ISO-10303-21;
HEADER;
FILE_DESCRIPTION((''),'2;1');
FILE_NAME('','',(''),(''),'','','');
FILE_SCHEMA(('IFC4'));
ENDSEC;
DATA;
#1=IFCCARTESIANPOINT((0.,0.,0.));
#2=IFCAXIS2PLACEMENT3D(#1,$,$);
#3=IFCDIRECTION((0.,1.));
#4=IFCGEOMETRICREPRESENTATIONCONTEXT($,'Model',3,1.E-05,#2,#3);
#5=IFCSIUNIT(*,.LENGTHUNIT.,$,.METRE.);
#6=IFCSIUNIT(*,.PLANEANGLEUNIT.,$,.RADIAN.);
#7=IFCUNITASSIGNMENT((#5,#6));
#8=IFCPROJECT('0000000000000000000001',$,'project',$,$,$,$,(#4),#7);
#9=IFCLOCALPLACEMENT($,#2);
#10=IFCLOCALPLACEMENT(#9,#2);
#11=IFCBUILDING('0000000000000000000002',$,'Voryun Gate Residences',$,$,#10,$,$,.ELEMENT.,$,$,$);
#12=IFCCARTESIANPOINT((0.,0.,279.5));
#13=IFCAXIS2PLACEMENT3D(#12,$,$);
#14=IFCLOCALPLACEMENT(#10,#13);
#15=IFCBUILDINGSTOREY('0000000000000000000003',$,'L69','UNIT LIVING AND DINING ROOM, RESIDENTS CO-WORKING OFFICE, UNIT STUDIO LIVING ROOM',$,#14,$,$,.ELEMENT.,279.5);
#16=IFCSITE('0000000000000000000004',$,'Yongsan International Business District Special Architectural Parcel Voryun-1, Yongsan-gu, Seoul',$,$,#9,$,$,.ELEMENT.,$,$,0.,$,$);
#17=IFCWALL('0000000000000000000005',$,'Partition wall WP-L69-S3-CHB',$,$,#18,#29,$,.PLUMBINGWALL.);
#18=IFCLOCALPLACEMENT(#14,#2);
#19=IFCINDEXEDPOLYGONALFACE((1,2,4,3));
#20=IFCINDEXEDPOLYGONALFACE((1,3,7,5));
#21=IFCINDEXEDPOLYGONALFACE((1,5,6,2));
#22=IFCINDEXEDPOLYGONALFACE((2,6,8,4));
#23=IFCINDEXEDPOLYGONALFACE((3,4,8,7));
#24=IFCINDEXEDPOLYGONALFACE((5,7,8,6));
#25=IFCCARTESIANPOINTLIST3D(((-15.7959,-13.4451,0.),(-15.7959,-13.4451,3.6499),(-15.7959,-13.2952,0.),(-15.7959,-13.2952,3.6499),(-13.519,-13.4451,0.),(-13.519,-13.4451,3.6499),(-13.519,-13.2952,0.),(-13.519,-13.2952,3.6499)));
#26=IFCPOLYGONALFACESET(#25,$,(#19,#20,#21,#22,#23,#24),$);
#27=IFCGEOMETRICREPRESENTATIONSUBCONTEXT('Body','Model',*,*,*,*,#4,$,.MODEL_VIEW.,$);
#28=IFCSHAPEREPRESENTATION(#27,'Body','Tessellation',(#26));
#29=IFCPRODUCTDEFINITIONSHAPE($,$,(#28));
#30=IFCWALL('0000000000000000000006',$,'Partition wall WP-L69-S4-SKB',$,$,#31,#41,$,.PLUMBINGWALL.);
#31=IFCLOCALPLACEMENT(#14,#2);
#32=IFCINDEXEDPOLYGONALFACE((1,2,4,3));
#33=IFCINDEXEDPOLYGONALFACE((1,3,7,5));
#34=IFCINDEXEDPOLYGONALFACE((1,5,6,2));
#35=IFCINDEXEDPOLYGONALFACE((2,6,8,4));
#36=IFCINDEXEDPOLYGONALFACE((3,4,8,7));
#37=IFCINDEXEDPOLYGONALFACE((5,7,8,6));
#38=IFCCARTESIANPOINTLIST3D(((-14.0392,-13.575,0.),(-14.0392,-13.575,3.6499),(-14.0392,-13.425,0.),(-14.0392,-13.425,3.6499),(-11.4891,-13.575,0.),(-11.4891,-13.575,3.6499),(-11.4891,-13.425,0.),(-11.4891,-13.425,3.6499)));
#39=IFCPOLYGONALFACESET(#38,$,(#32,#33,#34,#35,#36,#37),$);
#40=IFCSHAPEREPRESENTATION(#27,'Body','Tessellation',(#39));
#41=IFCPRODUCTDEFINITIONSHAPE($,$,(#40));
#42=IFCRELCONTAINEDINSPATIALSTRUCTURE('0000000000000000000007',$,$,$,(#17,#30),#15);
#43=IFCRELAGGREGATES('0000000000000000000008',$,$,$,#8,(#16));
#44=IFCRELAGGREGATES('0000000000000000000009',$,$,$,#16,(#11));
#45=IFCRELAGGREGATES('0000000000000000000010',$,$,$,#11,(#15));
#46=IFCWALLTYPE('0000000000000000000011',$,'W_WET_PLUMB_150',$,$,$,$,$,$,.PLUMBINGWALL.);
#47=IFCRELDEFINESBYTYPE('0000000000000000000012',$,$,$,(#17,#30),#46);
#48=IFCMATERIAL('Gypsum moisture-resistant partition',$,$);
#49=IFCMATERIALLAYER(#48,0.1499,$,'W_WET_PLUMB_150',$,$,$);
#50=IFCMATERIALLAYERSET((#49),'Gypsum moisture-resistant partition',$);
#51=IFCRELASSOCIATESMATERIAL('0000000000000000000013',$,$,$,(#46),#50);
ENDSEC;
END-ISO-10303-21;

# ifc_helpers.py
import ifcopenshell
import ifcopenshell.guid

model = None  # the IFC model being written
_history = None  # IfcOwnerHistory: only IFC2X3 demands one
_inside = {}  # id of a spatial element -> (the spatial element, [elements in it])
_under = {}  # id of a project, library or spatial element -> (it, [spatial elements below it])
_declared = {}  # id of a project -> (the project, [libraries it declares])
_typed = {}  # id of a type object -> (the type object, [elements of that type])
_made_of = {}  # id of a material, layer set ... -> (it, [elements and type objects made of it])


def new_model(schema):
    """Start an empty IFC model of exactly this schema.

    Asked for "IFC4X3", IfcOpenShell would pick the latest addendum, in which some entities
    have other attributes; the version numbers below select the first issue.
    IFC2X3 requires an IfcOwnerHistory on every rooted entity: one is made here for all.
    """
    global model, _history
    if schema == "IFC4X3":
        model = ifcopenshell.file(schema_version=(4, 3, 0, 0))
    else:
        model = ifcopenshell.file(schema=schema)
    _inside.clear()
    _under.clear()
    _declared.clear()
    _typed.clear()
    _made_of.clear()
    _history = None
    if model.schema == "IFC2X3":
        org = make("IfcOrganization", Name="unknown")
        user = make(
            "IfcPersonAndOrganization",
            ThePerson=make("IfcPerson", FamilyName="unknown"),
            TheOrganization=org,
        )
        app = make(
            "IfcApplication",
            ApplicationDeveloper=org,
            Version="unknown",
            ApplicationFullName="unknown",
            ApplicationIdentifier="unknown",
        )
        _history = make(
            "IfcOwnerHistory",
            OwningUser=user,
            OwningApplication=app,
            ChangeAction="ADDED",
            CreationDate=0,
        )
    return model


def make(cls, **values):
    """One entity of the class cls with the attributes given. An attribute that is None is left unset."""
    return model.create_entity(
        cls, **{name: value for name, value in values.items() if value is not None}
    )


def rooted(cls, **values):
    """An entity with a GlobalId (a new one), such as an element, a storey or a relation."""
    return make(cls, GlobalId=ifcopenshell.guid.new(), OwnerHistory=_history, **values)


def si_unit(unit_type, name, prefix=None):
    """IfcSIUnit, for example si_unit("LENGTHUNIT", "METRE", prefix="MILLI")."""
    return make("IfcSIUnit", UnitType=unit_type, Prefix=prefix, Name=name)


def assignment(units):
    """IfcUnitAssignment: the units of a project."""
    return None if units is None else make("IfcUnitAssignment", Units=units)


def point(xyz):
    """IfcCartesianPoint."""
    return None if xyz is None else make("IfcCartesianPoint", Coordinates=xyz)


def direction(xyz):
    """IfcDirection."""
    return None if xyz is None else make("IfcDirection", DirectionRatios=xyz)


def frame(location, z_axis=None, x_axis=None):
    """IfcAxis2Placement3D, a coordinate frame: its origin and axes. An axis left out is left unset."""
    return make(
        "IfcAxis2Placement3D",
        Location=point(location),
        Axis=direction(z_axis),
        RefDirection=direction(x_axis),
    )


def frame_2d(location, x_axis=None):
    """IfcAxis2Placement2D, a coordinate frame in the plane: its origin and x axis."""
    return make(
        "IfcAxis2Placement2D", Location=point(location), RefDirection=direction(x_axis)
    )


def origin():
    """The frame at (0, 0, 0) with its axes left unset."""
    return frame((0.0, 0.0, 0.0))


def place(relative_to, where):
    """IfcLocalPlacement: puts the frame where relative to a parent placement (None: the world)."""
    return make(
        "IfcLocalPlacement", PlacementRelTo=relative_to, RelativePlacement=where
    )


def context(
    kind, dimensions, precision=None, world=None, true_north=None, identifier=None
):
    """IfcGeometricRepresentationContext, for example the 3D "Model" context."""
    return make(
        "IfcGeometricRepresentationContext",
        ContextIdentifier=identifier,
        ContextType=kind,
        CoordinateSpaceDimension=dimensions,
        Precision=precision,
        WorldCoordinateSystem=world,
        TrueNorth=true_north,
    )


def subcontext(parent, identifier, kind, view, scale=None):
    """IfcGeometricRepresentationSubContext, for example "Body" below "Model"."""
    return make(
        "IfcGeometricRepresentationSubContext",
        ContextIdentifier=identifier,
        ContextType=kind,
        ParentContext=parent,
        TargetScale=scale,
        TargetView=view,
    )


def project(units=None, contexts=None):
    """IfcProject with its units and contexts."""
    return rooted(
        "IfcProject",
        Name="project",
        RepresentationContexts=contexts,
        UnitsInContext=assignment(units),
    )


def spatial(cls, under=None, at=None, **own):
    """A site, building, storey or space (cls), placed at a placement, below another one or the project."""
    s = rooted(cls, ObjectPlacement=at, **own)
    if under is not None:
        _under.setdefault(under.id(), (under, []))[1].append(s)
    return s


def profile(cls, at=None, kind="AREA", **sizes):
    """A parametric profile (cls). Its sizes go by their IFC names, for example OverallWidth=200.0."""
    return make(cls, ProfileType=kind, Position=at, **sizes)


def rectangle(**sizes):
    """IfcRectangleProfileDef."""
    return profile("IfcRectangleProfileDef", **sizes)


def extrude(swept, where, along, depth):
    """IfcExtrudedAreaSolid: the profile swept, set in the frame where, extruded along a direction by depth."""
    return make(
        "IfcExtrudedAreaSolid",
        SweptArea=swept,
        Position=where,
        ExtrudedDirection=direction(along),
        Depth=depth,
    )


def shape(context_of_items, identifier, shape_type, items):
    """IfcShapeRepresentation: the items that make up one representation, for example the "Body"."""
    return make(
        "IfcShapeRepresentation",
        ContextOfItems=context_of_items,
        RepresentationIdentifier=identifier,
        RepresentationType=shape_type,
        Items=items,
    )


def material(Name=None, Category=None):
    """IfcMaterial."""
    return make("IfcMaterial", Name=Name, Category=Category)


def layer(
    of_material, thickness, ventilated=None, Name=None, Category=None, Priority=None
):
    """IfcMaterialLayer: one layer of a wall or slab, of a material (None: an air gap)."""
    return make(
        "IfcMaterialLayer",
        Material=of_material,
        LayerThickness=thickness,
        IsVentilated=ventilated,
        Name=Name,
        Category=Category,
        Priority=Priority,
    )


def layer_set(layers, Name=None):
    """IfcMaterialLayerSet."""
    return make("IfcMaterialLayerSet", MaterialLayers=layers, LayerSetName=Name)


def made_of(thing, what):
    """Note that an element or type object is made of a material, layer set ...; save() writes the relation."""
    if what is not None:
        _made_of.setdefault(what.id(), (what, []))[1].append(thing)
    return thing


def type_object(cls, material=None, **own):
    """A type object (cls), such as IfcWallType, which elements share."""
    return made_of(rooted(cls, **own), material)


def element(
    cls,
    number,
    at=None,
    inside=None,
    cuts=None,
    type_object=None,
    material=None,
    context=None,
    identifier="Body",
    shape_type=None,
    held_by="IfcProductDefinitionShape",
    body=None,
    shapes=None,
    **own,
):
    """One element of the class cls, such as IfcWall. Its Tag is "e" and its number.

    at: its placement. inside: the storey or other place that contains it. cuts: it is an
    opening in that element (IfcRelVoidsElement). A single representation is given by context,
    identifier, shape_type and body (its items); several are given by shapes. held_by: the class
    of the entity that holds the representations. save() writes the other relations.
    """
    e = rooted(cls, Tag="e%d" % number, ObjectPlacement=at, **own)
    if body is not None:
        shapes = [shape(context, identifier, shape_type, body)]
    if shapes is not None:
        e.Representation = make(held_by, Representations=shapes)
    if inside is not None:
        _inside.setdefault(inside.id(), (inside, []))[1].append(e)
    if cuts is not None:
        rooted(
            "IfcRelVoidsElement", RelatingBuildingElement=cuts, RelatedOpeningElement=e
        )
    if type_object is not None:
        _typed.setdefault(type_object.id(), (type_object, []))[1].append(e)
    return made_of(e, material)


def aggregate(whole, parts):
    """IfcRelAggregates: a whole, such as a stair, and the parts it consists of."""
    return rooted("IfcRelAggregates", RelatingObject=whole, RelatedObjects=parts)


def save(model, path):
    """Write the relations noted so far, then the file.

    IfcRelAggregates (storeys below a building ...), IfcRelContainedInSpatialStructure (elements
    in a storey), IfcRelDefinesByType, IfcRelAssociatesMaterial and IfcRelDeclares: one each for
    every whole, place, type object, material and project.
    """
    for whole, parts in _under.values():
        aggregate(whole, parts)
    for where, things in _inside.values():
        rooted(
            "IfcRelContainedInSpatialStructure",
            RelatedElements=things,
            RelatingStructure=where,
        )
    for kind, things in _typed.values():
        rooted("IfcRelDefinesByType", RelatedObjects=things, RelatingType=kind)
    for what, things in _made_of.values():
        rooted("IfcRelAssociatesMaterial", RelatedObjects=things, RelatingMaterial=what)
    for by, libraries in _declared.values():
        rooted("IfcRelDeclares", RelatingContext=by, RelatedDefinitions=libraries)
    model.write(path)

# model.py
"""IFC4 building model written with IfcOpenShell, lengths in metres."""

from ifc_helpers import new_model, si_unit, direction, frame, frame_2d, origin, place, context, subcontext, project, spatial, rectangle, extrude, material, layer, layer_set, type_object, element, save


model = new_model("IFC4")

# Units and contexts
model_context = context("Model", 3, precision=1e-05, world=origin(), true_north=direction((0.0, 1.0)))
body_context = subcontext(model_context, "Body", "Model", "MODEL_VIEW")
ifc_project = project(units=[si_unit("LENGTHUNIT", "METRE"), si_unit("PLANEANGLEUNIT", "RADIAN")], contexts=[model_context])

# Site, building, storey
site_placement = place(None, origin())
site = spatial("IfcSite", under=ifc_project, at=site_placement, Name="Yongsan International Business District Special Architectural Parcel Voryun-1, Yongsan-gu, Seoul", CompositionType="ELEMENT", RefElevation=0.0)
building_placement = place(site_placement, origin())
building = spatial("IfcBuilding", under=site, at=building_placement, Name="Voryun Gate Residences", CompositionType="ELEMENT")
storey_placement = place(building_placement, frame((0.0, 0.0, 279.5)))
storey = spatial("IfcBuildingStorey", under=building, at=storey_placement, Name="L69", Description="UNIT LIVING AND DINING ROOM, RESIDENTS CO-WORKING OFFICE, UNIT STUDIO LIVING ROOM", CompositionType="ELEMENT", Elevation=279.5)

# Shared definitions
ifc_material_1 = material(Name="Gypsum moisture-resistant partition")
ifc_layer_1 = layer(ifc_material_1, 0.1499, Name="W_WET_PLUMB_150")
ifc_layer_set_1 = layer_set([ifc_layer_1], Name="Gypsum moisture-resistant partition")
wall_type_1 = type_object("IfcWallType", Name="W_WET_PLUMB_150", PredefinedType="PLUMBINGWALL", material=ifc_layer_set_1)

# Walls
wall_1_placement = place(storey_placement, frame((-15.7959, -13.3701, 0.0), z_axis=(0.0, 0.0, 1.0), x_axis=(1.0, 0.0, 0.0)))
element("IfcWall", 1, at=wall_1_placement, inside=storey, type_object=wall_type_1, Name="Partition wall WP-L69-S3-CHB", PredefinedType="PLUMBINGWALL", context=body_context, shape_type="SweptSolid", body=[
    extrude(rectangle(XDim=2.2769, YDim=0.1499, at=frame_2d((1.1384, 0.0))), origin(), (0.0, 0.0, 1.0), 3.6499),
])
wall_2_placement = place(storey_placement, frame((-14.0391, -13.5, 0.0), z_axis=(0.0, 0.0, 1.0), x_axis=(1.0, 0.0, 0.0)))
element("IfcWall", 2, at=wall_2_placement, inside=storey, type_object=wall_type_1, Name="Partition wall WP-L69-S4-SKB", PredefinedType="PLUMBINGWALL", context=body_context, shape_type="SweptSolid", body=[
    extrude(rectangle(XDim=2.55, YDim=0.1499, at=frame_2d((1.2749, 0.0))), origin(), (0.0, 0.0, 1.0), 3.6499),
])

save(model, "model.ifc")
